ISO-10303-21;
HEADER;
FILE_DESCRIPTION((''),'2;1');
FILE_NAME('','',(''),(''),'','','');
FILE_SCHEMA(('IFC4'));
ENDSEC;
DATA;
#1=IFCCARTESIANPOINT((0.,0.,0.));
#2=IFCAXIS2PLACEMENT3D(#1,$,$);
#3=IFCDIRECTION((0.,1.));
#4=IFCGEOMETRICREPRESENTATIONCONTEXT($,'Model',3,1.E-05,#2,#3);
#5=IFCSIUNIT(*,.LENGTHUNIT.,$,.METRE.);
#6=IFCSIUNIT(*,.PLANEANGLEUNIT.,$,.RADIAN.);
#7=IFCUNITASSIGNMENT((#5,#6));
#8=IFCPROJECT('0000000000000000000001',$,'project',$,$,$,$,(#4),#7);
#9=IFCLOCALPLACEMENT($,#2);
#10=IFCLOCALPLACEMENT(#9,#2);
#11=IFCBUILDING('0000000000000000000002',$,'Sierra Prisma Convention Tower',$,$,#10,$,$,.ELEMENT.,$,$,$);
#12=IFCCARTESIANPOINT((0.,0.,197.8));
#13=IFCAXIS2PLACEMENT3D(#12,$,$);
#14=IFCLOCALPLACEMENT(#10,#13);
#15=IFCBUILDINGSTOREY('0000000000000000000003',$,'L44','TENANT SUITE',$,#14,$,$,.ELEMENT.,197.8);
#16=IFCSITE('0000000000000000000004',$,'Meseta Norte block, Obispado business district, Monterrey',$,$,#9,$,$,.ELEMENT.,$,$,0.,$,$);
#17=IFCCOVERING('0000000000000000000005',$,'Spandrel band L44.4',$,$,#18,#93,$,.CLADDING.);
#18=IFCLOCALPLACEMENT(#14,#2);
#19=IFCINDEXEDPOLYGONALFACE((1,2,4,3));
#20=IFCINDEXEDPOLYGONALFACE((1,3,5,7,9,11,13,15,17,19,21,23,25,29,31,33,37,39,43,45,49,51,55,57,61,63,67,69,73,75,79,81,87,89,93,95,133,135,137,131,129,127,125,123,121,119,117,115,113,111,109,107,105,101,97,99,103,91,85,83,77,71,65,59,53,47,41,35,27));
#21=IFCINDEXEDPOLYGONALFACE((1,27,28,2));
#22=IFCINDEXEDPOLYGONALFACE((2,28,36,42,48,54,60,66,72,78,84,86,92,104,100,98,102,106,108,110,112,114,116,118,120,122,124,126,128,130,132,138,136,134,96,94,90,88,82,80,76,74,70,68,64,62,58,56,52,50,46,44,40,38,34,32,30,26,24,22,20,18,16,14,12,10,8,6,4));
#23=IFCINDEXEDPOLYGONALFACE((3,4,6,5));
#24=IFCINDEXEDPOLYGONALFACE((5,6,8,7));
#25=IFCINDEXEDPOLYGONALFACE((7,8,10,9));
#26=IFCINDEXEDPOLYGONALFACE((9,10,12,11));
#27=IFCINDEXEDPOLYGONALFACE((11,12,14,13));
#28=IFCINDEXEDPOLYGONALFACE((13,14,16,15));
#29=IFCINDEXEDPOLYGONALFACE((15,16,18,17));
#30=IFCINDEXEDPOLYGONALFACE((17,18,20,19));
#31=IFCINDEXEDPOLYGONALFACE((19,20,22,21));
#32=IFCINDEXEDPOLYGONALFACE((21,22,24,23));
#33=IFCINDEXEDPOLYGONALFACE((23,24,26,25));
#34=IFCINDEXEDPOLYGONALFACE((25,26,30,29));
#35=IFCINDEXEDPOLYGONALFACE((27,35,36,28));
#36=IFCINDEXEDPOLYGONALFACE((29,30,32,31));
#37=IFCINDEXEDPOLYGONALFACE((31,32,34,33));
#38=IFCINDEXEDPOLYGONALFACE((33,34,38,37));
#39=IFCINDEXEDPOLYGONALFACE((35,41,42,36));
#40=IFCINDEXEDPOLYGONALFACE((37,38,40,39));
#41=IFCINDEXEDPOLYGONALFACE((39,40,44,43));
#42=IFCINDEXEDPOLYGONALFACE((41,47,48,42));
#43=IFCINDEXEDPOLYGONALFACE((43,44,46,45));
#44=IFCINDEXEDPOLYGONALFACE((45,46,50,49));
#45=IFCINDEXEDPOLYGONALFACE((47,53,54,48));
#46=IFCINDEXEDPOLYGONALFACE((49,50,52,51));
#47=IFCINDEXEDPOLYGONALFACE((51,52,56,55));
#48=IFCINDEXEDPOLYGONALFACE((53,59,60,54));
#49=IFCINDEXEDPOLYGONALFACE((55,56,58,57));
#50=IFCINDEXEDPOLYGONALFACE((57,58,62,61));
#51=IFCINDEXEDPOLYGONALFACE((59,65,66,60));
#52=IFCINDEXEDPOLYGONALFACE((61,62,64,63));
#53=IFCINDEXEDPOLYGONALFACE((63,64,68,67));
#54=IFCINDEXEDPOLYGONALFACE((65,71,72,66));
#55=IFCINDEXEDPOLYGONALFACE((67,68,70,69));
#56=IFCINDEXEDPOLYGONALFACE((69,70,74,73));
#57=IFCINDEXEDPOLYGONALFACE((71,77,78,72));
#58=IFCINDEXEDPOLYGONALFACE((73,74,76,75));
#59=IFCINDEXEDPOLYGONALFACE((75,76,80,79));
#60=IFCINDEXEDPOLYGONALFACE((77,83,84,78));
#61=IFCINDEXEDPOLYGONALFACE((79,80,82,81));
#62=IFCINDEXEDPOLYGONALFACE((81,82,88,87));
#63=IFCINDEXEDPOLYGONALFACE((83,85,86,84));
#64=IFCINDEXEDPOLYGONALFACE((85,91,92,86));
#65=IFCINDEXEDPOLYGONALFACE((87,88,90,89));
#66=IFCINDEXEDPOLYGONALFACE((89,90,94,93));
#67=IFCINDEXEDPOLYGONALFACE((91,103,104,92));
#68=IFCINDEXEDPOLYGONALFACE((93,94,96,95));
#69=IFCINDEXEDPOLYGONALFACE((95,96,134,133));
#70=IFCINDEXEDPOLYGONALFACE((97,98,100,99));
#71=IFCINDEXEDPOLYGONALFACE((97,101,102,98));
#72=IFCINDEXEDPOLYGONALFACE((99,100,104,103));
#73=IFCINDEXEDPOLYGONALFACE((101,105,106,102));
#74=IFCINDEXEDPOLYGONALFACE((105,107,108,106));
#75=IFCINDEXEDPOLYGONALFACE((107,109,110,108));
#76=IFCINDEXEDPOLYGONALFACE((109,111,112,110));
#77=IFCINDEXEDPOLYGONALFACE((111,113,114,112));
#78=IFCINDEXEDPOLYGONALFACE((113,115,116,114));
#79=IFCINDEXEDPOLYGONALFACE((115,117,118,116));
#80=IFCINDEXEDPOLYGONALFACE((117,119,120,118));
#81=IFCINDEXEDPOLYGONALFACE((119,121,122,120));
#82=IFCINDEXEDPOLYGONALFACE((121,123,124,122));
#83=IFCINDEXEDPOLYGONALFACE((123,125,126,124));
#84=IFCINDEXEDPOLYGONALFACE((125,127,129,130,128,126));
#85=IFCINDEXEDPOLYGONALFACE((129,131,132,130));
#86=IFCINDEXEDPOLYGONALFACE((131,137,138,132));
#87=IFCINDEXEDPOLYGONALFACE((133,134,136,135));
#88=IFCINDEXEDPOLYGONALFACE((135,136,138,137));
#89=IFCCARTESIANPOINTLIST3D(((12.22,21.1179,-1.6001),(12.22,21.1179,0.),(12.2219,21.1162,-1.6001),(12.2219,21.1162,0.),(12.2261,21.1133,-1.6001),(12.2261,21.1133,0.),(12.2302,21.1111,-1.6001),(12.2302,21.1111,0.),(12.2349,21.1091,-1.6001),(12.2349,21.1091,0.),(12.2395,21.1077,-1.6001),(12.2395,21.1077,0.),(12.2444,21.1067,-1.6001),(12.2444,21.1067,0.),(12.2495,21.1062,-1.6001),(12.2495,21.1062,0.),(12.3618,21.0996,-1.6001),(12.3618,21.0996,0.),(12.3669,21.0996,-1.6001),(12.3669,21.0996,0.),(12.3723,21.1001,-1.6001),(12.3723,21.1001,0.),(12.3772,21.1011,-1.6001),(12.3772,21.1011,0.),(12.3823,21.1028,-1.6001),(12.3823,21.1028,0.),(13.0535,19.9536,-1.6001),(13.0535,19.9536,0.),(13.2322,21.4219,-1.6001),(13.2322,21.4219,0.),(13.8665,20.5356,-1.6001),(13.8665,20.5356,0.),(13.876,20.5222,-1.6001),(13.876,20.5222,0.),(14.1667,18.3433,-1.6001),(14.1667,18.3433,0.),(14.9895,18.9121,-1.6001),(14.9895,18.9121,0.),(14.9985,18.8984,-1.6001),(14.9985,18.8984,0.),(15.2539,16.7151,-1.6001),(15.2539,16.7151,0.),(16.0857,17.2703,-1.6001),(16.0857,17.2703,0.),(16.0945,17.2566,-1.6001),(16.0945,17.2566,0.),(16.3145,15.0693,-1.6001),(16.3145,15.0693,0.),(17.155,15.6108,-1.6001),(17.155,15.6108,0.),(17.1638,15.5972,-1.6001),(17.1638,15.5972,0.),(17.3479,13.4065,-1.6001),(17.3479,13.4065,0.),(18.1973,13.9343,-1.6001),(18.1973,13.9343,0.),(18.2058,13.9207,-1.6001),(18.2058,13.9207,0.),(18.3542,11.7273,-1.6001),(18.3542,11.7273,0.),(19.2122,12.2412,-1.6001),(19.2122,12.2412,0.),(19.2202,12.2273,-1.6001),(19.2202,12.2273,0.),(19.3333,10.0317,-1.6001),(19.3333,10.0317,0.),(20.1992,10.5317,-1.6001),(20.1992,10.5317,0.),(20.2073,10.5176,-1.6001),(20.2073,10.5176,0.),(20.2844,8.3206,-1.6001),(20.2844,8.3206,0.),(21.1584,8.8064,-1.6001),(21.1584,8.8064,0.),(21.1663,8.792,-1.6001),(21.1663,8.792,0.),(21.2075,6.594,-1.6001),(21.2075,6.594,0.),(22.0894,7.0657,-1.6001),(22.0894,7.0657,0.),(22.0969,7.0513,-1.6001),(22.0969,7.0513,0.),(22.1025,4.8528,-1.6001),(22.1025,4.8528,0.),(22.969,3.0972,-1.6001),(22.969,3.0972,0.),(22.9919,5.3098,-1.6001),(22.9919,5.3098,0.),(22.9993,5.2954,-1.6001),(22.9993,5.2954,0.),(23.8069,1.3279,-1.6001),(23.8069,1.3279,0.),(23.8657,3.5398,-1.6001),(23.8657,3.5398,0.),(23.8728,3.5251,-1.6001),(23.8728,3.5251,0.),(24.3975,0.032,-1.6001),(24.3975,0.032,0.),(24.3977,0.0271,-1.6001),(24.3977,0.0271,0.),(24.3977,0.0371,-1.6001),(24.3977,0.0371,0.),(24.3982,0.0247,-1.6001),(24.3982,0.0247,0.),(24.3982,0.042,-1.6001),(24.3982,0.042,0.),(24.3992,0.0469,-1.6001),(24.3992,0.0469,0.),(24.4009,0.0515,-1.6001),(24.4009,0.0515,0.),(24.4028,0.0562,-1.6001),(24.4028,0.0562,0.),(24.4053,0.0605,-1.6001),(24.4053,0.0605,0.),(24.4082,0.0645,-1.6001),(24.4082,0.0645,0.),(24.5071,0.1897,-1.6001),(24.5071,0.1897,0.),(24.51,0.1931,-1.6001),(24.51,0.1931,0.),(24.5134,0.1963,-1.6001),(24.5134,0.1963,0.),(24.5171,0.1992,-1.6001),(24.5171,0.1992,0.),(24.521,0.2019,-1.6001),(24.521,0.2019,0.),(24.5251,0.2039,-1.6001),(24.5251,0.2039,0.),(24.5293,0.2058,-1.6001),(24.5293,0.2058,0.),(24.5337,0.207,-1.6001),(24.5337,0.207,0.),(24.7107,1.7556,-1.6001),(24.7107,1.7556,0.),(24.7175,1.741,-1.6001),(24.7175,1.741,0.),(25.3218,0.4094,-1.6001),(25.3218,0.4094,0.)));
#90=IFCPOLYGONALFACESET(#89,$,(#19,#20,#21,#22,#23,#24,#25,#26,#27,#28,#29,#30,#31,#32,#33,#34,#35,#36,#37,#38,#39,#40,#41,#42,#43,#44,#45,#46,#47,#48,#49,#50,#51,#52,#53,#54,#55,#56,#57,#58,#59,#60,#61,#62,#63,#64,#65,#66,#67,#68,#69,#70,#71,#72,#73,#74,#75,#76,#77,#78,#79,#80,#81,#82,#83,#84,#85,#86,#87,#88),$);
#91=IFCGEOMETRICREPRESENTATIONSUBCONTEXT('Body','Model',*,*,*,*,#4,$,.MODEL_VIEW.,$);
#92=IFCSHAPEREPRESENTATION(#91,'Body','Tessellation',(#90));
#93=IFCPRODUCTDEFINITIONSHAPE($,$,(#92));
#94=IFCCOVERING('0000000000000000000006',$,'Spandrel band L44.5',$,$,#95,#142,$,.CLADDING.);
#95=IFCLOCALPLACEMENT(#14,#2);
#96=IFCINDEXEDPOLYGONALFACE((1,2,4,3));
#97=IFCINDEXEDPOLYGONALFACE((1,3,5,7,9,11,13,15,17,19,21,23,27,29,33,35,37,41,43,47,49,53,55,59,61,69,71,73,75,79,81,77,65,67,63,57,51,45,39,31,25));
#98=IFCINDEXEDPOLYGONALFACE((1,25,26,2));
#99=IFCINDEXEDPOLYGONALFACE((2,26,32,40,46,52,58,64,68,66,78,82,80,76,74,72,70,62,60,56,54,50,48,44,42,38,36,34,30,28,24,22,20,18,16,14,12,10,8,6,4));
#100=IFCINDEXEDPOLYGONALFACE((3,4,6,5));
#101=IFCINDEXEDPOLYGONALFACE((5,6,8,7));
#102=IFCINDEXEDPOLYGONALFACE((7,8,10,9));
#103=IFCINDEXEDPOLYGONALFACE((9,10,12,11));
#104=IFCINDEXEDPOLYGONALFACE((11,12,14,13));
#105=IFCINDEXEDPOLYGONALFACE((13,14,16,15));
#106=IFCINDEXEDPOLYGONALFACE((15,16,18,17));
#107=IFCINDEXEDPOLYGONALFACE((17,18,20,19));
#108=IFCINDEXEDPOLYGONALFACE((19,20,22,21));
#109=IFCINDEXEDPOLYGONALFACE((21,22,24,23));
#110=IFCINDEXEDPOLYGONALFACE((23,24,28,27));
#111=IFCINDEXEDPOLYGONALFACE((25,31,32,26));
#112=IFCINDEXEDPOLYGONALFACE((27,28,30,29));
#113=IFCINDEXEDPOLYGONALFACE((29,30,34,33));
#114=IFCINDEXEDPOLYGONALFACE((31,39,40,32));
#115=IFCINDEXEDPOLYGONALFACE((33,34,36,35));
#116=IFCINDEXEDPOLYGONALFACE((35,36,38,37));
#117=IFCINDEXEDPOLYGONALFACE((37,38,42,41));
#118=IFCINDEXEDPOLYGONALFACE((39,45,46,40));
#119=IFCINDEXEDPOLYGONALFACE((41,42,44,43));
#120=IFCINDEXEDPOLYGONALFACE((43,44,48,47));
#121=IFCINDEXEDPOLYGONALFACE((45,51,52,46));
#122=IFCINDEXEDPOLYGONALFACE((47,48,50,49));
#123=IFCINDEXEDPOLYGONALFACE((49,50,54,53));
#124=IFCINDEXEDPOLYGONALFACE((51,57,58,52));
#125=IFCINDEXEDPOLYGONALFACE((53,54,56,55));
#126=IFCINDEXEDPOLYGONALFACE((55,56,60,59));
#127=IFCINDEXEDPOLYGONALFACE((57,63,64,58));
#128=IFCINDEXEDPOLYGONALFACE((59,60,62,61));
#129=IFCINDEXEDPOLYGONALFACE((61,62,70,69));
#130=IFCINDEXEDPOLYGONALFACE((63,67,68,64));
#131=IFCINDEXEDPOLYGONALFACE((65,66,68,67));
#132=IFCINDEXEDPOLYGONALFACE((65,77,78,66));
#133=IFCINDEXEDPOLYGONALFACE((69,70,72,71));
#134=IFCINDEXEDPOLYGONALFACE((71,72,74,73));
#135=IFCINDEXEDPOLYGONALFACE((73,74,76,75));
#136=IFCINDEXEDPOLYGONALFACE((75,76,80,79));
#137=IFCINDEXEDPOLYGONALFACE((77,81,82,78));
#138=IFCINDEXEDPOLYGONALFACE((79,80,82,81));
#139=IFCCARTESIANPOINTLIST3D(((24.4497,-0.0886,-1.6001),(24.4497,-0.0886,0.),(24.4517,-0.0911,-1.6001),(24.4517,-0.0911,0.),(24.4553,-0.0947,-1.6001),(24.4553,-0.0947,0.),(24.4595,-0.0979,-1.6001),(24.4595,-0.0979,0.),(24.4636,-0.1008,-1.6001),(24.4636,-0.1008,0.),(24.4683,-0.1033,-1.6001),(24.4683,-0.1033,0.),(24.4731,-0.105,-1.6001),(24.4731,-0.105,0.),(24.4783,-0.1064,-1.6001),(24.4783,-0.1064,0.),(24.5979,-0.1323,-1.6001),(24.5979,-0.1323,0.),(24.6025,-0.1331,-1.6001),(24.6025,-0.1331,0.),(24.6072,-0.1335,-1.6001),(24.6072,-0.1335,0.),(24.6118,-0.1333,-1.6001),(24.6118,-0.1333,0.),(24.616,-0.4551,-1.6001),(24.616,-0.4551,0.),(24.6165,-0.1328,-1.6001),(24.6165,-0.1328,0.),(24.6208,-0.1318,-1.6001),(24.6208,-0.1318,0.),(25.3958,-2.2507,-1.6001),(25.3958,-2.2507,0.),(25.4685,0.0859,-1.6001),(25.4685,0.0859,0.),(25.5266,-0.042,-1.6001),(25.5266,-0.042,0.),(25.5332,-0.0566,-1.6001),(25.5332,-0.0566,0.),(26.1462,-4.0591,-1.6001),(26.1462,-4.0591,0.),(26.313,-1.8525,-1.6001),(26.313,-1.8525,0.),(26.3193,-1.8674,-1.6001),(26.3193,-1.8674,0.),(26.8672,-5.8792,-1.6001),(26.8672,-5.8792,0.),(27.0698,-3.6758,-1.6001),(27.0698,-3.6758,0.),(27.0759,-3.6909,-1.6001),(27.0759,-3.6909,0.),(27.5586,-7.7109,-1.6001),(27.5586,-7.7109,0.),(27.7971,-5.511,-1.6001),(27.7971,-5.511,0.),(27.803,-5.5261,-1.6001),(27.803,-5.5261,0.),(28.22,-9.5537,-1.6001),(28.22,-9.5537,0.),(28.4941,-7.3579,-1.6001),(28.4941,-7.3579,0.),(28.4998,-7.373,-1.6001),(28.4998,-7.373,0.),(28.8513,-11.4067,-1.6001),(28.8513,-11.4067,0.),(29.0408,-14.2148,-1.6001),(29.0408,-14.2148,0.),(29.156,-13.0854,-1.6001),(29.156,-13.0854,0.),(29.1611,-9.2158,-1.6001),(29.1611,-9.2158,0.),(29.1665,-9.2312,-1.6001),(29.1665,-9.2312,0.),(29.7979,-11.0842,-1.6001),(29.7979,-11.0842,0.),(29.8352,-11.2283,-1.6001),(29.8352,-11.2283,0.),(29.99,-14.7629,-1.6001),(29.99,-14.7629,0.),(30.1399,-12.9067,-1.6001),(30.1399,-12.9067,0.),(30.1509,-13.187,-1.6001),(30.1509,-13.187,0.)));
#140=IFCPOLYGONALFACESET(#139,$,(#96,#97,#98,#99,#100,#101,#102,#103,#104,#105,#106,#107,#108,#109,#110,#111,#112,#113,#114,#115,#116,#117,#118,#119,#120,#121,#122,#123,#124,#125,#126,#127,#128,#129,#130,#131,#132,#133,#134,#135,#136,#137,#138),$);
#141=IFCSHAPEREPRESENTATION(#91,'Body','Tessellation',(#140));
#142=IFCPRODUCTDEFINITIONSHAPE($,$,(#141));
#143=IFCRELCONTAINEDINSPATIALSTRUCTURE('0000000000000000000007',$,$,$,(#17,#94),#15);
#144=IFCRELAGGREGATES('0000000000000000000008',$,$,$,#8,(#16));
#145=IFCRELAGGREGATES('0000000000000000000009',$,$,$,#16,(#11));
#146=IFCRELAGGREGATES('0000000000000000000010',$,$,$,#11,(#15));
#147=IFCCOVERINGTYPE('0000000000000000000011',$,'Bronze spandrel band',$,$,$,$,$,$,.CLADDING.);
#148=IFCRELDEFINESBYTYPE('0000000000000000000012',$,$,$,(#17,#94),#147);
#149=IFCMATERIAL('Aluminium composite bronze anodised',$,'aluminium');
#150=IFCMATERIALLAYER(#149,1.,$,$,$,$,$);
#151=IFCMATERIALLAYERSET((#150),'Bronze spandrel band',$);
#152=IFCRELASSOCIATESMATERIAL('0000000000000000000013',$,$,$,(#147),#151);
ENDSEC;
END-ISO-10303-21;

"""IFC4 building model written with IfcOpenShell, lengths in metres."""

from ifc_helpers import new_model, si_unit, direction, frame, origin, place, context, subcontext, project, spatial, polyline, outline, extrude, material, layer, layer_set, type_object, element, save


model = new_model("IFC4")

# Units and contexts
model_context = context("Model", 3, precision=1e-05, world=origin(), true_north=direction((0.0, 1.0)))
body_context = subcontext(model_context, "Body", "Model", "MODEL_VIEW")
ifc_project = project(units=[si_unit("LENGTHUNIT", "METRE"), si_unit("PLANEANGLEUNIT", "RADIAN")], contexts=[model_context])

# Site, building, storey
site_placement = place(None, origin())
site = spatial("IfcSite", under=ifc_project, at=site_placement, Name="Meseta Norte block, Obispado business district, Monterrey", CompositionType="ELEMENT", RefElevation=0.0)
building_placement = place(site_placement, origin())
building = spatial("IfcBuilding", under=site, at=building_placement, Name="Sierra Prisma Convention Tower", CompositionType="ELEMENT")
storey_placement = place(building_placement, frame((0.0, 0.0, 197.8)))
storey = spatial("IfcBuildingStorey", under=building, at=storey_placement, Name="L44", Description="TENANT SUITE", CompositionType="ELEMENT", Elevation=197.8)

# Coverings
ifc_material_1 = material(Name="Aluminium composite bronze anodised", Category="aluminium")
ifc_layer_1 = layer(ifc_material_1, 1.0)
ifc_layer_set_1 = layer_set([ifc_layer_1], Name="Bronze spandrel band")
covering_type_1 = type_object("IfcCoveringType", Name="Bronze spandrel band", PredefinedType="CLADDING", material=ifc_layer_set_1)
covering_1_placement = place(storey_placement, frame((0.0, 0.0, -1.6001)))
element("IfcCovering", 1, at=covering_1_placement, inside=storey, type_object=covering_type_1, Name="Spandrel band L44.4", PredefinedType="CLADDING", context=body_context, shape_type="SweptSolid", body=[
    extrude(outline(polyline([(20.1992, 10.5317), (20.2073, 10.5176), (21.1584, 8.8064), (21.1663, 8.792), (22.0894, 7.0657), (22.0969, 7.0513), (22.9919, 5.3098), (22.9993, 5.2954), (23.8657, 3.5398), (23.8728, 3.5251), (24.7107, 1.7556), (24.7175, 1.741), (25.3218, 0.4094), (24.5337, 0.207), (24.5293, 0.2058), (24.5251, 0.2039), (24.521, 0.2019), (24.5171, 0.1992), (24.5134, 0.1963), (24.51, 0.1931), (24.5071, 0.1897), (24.4082, 0.0645), (24.4053, 0.0605), (24.4028, 0.0562), (24.4009, 0.0515), (24.3992, 0.0469), (24.3982, 0.042), (24.3977, 0.0371), (24.3975, 0.032), (24.3977, 0.0271), (24.3982, 0.0247), (23.8069, 1.3279), (22.969, 3.0972), (22.1025, 4.8528), (21.2075, 6.594), (20.2844, 8.3206), (19.3333, 10.0317), (18.3542, 11.7273), (17.3479, 13.4065), (16.3145, 15.0693), (15.2539, 16.7151), (14.1667, 18.3433), (13.0535, 19.9536), (12.22, 21.1179), (12.2219, 21.1162), (12.2261, 21.1133), (12.2302, 21.1111), (12.2349, 21.1091), (12.2395, 21.1077), (12.2444, 21.1067), (12.2495, 21.1062), (12.3618, 21.0996), (12.3669, 21.0996), (12.3723, 21.1001), (12.3772, 21.1011), (12.3823, 21.1028), (13.2322, 21.4219), (13.8665, 20.5356), (13.876, 20.5222), (14.9895, 18.9121), (14.9985, 18.8984), (16.0857, 17.2703), (16.0945, 17.2566), (17.155, 15.6108), (17.1638, 15.5972), (18.1973, 13.9343), (18.2058, 13.9207), (19.2122, 12.2412), (19.2202, 12.2273), (20.1992, 10.5317)])), origin(), (0.0, 0.0, 1.0), 1.6001),
])
covering_2_placement = place(storey_placement, frame((0.0, 0.0, -1.6001)))
element("IfcCovering", 2, at=covering_2_placement, inside=storey, type_object=covering_type_1, Name="Spandrel band L44.5", PredefinedType="CLADDING", context=body_context, shape_type="SweptSolid", body=[
    extrude(outline(polyline([(29.8352, -11.2283), (30.1399, -12.9067), (30.1509, -13.187), (29.99, -14.7629), (29.0408, -14.2148), (29.156, -13.0854), (28.8513, -11.4067), (28.22, -9.5537), (27.5586, -7.7109), (26.8672, -5.8792), (26.1462, -4.0591), (25.3958, -2.2507), (24.616, -0.4551), (24.4497, -0.0886), (24.4517, -0.0911), (24.4553, -0.0947), (24.4595, -0.0979), (24.4636, -0.1008), (24.4683, -0.1033), (24.4731, -0.105), (24.4783, -0.1064), (24.5979, -0.1323), (24.6025, -0.1331), (24.6072, -0.1335), (24.6118, -0.1333), (24.6165, -0.1328), (24.6208, -0.1318), (25.4685, 0.0859), (25.5266, -0.042), (25.5332, -0.0566), (26.313, -1.8525), (26.3193, -1.8674), (27.0698, -3.6758), (27.0759, -3.6909), (27.7971, -5.511), (27.803, -5.5261), (28.4941, -7.3579), (28.4998, -7.373), (29.1611, -9.2158), (29.1665, -9.2312), (29.7979, -11.0842), (29.8352, -11.2283)])), origin(), (0.0, 0.0, 1.0), 1.6001),
])

save(model, "model.ifc")
